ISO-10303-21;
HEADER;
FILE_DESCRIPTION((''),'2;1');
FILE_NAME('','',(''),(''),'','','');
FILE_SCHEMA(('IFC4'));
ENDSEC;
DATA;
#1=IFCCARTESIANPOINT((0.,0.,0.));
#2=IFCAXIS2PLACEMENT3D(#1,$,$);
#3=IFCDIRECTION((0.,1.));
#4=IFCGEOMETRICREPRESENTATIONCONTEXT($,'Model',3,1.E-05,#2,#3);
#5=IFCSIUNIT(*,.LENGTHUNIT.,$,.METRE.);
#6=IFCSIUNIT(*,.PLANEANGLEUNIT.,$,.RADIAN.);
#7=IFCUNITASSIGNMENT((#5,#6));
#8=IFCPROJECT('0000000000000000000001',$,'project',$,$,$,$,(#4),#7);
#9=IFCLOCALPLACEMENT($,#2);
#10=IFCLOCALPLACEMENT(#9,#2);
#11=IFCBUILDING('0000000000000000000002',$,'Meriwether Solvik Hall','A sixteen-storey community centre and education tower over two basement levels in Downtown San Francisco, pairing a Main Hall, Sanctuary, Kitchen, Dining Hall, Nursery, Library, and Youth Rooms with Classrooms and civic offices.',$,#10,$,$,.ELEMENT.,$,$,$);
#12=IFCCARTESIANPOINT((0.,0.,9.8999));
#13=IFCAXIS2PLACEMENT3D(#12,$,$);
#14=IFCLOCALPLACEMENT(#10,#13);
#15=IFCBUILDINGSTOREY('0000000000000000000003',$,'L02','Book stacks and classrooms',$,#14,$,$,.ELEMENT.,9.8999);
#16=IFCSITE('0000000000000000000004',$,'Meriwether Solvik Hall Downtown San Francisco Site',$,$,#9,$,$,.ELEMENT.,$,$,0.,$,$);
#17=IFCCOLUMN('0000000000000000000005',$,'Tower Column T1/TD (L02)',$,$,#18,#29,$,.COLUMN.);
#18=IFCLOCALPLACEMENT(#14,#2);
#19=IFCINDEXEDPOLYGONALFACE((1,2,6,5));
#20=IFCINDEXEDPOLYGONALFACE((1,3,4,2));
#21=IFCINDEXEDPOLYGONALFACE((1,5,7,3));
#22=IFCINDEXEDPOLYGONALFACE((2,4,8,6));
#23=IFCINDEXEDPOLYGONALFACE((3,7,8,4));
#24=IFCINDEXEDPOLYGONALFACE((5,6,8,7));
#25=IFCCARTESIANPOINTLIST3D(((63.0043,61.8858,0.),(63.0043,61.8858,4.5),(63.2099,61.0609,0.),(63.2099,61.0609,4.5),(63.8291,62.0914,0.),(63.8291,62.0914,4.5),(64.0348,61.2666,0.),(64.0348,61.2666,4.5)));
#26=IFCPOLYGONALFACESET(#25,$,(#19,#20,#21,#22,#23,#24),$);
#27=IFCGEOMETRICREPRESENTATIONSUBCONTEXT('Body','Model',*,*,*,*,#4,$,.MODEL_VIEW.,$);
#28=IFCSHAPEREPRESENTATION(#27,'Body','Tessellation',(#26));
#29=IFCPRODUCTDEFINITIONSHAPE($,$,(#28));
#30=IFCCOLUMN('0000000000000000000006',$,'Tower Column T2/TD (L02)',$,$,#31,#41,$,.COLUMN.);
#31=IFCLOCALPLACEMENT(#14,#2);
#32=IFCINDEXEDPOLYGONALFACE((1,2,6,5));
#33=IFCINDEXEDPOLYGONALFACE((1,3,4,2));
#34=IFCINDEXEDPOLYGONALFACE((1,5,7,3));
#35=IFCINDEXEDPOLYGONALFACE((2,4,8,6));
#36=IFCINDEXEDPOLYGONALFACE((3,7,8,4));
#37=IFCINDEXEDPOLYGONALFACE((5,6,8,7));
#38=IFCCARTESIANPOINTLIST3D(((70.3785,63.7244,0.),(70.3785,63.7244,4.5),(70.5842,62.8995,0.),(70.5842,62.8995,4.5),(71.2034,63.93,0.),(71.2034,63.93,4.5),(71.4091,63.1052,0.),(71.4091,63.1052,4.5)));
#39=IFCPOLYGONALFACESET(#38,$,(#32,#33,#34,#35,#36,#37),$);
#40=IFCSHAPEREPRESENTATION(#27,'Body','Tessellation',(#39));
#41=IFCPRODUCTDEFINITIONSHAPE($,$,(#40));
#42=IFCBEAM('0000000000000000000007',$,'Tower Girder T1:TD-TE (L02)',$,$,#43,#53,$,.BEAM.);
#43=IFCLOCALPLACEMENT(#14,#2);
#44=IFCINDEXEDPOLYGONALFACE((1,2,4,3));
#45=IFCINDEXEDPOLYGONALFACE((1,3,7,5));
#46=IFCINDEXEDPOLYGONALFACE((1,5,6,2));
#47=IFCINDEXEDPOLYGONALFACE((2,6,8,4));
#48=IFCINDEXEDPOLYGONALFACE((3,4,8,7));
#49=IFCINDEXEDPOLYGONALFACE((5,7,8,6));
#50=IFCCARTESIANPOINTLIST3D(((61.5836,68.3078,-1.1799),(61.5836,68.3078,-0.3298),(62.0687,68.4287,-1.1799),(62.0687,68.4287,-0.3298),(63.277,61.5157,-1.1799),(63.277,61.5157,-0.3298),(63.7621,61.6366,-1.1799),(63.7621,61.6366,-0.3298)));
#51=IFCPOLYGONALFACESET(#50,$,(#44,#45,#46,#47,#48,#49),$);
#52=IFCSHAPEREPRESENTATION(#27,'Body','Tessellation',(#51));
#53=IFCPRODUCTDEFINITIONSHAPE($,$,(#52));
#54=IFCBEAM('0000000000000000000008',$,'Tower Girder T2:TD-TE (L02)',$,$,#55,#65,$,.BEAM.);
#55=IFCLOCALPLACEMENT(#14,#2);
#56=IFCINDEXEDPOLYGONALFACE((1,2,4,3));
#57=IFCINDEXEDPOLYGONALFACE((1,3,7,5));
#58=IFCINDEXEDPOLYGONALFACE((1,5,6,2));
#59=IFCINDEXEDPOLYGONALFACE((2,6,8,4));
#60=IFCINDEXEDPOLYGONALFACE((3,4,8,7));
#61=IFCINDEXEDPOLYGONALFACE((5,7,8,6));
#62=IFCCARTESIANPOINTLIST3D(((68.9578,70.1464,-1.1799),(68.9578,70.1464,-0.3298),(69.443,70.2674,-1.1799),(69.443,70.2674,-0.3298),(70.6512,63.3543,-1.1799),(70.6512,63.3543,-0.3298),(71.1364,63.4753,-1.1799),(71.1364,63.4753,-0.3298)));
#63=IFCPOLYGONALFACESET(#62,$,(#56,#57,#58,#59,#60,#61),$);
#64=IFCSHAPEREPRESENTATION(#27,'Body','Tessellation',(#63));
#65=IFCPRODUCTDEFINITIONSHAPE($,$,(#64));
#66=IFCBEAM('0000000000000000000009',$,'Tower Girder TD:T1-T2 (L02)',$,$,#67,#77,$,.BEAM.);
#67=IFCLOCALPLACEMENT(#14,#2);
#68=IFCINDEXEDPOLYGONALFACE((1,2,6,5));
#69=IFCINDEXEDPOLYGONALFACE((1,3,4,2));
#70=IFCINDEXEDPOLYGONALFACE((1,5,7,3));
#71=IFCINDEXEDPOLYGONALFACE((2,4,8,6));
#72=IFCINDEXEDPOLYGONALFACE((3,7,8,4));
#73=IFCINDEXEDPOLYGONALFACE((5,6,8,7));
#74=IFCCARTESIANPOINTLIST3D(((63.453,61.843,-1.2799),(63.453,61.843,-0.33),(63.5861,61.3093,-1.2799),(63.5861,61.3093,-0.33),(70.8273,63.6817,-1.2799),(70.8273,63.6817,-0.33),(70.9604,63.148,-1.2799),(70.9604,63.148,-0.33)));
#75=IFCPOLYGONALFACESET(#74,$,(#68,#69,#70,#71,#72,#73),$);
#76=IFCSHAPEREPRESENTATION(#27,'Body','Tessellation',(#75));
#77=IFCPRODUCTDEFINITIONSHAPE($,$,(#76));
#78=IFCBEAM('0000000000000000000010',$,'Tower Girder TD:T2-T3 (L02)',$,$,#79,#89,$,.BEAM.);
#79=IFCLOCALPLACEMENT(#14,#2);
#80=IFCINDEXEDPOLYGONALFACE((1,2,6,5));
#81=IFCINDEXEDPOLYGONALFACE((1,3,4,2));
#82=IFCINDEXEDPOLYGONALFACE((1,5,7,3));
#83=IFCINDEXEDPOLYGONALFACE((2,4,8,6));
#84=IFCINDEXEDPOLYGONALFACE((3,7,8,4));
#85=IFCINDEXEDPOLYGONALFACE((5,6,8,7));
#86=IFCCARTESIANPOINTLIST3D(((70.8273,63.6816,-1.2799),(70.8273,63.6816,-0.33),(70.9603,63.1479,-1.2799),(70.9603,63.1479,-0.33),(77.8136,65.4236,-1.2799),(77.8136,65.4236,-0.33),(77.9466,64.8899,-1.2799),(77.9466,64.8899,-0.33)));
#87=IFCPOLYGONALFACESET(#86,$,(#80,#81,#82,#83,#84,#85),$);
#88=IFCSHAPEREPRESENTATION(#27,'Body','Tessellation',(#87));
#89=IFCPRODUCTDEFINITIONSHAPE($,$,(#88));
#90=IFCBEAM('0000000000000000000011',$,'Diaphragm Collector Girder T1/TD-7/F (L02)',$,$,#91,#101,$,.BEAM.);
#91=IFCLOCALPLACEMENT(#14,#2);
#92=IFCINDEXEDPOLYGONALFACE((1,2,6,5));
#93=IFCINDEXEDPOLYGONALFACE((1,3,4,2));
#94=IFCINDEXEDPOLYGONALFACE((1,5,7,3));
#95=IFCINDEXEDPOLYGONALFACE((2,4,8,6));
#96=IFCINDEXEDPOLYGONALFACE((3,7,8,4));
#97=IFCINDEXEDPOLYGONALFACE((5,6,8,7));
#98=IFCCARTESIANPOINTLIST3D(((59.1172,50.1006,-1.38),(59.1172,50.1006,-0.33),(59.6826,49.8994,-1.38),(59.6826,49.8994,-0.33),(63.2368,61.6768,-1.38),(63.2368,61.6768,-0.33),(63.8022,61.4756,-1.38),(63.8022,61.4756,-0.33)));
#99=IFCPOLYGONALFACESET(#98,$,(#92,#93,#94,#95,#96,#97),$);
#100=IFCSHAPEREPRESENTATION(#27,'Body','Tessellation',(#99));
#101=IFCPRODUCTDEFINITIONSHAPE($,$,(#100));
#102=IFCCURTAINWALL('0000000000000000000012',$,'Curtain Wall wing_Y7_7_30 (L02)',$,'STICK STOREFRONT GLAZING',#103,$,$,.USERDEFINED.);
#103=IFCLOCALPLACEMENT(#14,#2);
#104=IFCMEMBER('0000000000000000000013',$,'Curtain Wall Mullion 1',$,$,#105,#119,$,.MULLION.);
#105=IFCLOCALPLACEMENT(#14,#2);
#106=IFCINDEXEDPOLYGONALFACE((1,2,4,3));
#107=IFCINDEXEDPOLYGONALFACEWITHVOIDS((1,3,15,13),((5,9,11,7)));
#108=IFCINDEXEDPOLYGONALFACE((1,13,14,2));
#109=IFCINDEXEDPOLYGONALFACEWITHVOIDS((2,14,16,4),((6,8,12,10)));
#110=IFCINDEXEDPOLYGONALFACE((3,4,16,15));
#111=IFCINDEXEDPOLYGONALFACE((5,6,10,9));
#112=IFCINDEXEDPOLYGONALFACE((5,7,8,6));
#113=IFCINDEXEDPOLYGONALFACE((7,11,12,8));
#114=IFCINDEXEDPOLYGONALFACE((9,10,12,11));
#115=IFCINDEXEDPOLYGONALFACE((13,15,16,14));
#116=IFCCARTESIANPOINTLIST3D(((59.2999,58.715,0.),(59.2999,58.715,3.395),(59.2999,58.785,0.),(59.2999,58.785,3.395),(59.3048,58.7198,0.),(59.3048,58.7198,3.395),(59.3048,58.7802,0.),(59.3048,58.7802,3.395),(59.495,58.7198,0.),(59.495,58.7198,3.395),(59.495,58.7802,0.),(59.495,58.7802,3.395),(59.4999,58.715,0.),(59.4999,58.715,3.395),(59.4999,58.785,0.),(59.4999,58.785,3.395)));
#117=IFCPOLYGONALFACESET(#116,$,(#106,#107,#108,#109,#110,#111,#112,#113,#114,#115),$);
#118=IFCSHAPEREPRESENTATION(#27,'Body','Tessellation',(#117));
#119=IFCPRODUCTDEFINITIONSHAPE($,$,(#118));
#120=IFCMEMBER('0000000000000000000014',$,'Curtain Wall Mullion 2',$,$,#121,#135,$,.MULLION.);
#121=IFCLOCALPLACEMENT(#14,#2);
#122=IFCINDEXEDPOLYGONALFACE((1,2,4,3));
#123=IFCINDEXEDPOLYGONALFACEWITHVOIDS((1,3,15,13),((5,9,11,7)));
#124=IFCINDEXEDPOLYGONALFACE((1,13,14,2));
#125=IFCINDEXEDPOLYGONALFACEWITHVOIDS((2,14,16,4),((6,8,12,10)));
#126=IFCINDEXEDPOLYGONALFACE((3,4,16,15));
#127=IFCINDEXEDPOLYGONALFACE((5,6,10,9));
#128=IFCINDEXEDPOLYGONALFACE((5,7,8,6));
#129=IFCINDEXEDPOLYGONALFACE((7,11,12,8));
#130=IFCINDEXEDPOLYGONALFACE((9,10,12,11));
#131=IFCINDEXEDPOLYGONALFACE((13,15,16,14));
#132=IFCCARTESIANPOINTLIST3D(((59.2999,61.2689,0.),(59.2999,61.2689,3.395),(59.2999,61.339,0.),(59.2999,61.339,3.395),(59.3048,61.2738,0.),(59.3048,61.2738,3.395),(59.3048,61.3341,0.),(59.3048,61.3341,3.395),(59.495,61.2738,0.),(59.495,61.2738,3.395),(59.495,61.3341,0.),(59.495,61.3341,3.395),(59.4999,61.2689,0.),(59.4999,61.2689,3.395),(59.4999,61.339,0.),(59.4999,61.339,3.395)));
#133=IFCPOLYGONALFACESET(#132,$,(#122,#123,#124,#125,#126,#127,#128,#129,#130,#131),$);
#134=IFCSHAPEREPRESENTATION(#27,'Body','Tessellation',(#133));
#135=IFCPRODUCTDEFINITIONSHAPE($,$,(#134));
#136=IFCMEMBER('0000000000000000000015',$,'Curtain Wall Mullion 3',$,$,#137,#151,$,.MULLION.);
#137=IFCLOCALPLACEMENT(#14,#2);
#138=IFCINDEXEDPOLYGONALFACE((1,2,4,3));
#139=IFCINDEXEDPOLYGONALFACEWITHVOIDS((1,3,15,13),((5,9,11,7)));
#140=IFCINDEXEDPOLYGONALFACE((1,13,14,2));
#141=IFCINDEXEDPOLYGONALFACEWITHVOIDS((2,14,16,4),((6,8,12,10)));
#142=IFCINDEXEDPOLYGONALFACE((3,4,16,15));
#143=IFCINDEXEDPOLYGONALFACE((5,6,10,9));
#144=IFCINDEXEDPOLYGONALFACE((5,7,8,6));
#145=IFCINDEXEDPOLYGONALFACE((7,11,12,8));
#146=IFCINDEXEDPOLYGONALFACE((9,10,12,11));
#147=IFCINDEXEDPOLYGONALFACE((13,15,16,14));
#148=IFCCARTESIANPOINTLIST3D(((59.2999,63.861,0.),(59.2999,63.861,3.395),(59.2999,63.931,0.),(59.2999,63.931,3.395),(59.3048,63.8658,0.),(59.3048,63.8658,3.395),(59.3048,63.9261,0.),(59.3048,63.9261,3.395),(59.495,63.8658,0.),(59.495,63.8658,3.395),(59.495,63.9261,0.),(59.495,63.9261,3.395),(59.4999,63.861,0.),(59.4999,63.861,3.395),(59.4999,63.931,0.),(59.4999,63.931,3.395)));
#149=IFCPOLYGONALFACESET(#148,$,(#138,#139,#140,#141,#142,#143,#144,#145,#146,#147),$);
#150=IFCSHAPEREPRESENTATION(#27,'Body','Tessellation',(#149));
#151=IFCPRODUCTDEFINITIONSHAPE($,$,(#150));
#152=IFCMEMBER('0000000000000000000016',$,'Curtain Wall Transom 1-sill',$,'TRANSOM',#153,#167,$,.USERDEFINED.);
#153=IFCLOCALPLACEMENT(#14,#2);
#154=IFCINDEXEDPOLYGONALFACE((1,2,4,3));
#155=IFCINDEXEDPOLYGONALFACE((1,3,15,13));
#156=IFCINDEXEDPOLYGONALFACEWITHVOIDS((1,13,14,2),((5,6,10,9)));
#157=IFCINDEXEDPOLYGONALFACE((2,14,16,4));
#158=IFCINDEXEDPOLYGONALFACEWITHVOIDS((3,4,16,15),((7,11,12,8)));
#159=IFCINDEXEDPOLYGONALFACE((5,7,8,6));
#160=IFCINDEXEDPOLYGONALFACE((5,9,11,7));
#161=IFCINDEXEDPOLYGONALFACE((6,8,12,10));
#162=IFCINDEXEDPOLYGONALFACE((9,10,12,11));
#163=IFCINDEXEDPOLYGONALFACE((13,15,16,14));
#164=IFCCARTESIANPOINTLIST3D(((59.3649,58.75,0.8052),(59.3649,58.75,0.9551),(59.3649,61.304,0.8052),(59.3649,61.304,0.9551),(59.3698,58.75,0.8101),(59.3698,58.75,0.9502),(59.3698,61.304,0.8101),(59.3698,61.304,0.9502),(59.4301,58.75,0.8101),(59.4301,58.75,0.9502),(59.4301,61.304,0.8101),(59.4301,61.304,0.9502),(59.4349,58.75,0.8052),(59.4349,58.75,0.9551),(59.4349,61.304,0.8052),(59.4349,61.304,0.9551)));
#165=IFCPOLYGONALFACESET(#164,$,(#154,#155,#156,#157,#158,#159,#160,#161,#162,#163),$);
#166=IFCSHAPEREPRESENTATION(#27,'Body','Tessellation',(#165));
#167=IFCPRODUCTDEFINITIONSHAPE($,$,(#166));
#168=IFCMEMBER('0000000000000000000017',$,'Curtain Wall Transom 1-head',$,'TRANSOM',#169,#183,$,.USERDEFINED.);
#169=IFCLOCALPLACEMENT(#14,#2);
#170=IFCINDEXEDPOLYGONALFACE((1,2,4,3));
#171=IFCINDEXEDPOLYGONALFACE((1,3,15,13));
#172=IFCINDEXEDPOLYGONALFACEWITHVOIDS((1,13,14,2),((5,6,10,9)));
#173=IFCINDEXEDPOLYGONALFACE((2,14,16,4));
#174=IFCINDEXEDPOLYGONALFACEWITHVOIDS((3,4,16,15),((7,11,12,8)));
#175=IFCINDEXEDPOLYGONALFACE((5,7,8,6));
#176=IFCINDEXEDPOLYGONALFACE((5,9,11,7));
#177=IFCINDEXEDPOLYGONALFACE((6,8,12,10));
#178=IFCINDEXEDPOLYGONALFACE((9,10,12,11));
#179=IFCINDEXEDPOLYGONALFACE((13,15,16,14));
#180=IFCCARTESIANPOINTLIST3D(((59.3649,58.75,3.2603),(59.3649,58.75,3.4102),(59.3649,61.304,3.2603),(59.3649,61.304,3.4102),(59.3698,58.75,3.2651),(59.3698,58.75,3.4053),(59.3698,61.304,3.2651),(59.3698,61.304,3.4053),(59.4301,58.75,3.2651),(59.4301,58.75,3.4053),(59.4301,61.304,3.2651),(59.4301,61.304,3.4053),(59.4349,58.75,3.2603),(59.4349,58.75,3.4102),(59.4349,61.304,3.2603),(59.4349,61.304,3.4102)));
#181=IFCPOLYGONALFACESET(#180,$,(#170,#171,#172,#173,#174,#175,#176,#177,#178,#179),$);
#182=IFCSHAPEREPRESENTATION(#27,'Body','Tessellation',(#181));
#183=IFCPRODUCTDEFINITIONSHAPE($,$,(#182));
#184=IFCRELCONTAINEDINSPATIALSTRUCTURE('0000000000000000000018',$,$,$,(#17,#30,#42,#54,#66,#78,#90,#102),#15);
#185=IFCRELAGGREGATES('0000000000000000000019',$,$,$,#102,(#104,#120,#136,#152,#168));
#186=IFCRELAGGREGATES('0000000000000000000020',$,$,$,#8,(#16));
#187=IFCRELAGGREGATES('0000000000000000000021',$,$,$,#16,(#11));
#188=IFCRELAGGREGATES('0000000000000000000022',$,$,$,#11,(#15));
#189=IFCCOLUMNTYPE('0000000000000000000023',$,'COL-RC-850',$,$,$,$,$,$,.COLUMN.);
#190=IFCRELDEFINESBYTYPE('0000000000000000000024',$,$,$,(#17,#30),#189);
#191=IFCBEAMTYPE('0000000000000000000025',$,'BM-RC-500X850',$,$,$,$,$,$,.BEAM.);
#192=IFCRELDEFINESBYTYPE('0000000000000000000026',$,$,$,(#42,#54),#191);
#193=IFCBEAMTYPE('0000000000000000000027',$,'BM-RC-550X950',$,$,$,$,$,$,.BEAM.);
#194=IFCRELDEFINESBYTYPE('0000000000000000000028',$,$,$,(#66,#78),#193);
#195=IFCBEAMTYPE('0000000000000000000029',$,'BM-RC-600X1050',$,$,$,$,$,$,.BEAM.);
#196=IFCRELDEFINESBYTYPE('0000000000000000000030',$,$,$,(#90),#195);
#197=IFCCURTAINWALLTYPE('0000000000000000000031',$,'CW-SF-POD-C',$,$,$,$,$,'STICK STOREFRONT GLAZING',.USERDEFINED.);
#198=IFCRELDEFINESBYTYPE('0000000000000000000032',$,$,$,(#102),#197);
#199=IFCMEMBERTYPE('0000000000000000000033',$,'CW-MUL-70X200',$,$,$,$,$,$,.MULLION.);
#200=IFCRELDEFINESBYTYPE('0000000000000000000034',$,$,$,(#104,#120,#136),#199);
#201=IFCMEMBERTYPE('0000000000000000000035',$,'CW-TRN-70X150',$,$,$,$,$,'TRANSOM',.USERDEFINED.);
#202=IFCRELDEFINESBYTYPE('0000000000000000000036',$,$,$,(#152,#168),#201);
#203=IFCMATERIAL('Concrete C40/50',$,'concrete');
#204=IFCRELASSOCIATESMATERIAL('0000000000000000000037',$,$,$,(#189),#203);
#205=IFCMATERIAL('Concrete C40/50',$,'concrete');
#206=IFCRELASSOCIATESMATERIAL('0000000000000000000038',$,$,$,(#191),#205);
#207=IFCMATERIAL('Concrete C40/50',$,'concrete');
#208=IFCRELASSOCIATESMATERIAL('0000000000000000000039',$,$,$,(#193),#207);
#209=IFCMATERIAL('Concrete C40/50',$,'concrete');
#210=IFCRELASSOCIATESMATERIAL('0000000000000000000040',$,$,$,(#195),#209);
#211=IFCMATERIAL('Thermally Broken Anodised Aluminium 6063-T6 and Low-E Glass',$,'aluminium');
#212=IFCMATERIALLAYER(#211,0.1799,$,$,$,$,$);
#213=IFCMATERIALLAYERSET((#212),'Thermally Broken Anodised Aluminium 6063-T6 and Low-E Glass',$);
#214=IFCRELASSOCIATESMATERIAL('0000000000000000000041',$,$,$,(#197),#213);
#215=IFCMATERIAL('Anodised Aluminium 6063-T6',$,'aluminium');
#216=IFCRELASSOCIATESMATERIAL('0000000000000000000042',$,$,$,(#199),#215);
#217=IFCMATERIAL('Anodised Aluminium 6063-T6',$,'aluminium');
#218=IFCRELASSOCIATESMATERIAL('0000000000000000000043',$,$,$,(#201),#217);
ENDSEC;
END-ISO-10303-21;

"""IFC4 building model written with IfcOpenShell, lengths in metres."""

from ifc_helpers import new_model, si_unit, direction, frame, origin, origin_2d, place, context, subcontext, project, spatial, rectangle, hollow_rectangle, extrude, material, layer, layer_set, material_profile, profile_set, type_object, element, aggregate, save


model = new_model("IFC4")

# Units and contexts
model_context = context("Model", 3, precision=1e-05, world=origin(), true_north=direction((0.0, 1.0)))
body_context = subcontext(model_context, "Body", "Model", "MODEL_VIEW")
ifc_project = project(units=[si_unit("LENGTHUNIT", "METRE"), si_unit("PLANEANGLEUNIT", "RADIAN")], contexts=[model_context])

# Site, building, storey
site_placement = place(None, origin())
site = spatial("IfcSite", under=ifc_project, at=site_placement, Name="Meriwether Solvik Hall Downtown San Francisco Site", CompositionType="ELEMENT", RefElevation=0.0)
building_placement = place(site_placement, origin())
building = spatial("IfcBuilding", under=site, at=building_placement, Name="Meriwether Solvik Hall", Description="A sixteen-storey community centre and education tower over two basement levels in Downtown San Francisco, pairing a Main Hall, Sanctuary, Kitchen, Dining Hall, Nursery, Library, and Youth Rooms with Classrooms and civic offices.", CompositionType="ELEMENT")
storey_placement = place(building_placement, frame((0.0, 0.0, 9.8999)))
storey = spatial("IfcBuildingStorey", under=building, at=storey_placement, Name="L02", Description="Book stacks and classrooms", CompositionType="ELEMENT", Elevation=9.8999)

# Columns
ifc_material_1 = material(Name="Concrete C40/50", Category="concrete")
ifc_material_profile_1 = material_profile(ifc_material_1, rectangle(XDim=0.8501, YDim=0.8501, at=origin_2d()), Name="RCC-850X850")
ifc_profile_set_1 = profile_set([ifc_material_profile_1], Name="Concrete C40/50")
column_type = type_object("IfcColumnType", Name="COL-RC-850", PredefinedType="COLUMN", material=ifc_profile_set_1)
for number, where, z_axis, x_axis, name in (
    (1, (63.5195, 61.5762, 0.0), (0.0, 0.0, 1.0), (0.970296, 0.241922, 0.0), "Tower Column T1/TD (L02)"),
    (2, (70.8938, 63.4148, 0.0), (0.0, 0.0, 1.0), (0.970296, 0.241922, 0.0), "Tower Column T2/TD (L02)"),
):
    element("IfcColumn", number, at=place(storey_placement, frame(where, z_axis=z_axis, x_axis=x_axis)), inside=storey, type_object=column_type, Name=name, PredefinedType="COLUMN", context=body_context, shape_type="SweptSolid", body=[
        extrude(rectangle(XDim=0.8501, YDim=0.8501, at=origin_2d()), origin(), (0.0, 0.0, 1.0), 4.5),
    ])

# Beams
ifc_material_2 = material(Name="Concrete C40/50", Category="concrete")
ifc_material_profile_2 = material_profile(ifc_material_2, rectangle(XDim=0.5, YDim=0.8501, at=origin_2d()), Name="RCB-500X850")
ifc_profile_set_2 = profile_set([ifc_material_profile_2], Name="Concrete C40/50")
beam_type_1 = type_object("IfcBeamType", Name="BM-RC-500X850", PredefinedType="BEAM", material=ifc_profile_set_2)
for number, where, z_axis, x_axis, name in (
    (3, (63.5195, 61.5762, -0.7549), (-0.241912, 0.970298, 0.0), (-0.970298, -0.241912, 0.0), "Tower Girder T1:TD-TE (L02)"),
    (4, (70.8938, 63.4148, -0.7549), (-0.241912, 0.970298, 0.0), (-0.970298, -0.241912, 0.0), "Tower Girder T2:TD-TE (L02)"),
):
    element("IfcBeam", number, at=place(storey_placement, frame(where, z_axis=z_axis, x_axis=x_axis)), inside=storey, type_object=beam_type_1, Name=name, PredefinedType="BEAM", context=body_context, shape_type="SweptSolid", body=[
        extrude(rectangle(XDim=0.5, YDim=0.8501, at=origin_2d()), origin(), (0.0, 0.0, 1.0), 7.0),
    ])
ifc_material_3 = material(Name="Concrete C40/50", Category="concrete")
ifc_material_profile_3 = material_profile(ifc_material_3, rectangle(XDim=0.55, YDim=0.95, at=origin_2d()), Name="RCB-550X950")
ifc_profile_set_3 = profile_set([ifc_material_profile_3], Name="Concrete C40/50")
beam_type_2 = type_object("IfcBeamType", Name="BM-RC-550X950", PredefinedType="BEAM", material=ifc_profile_set_3)
beam_1_placement = place(storey_placement, frame((63.5195, 61.5762, -0.8049), z_axis=(0.970295, 0.241923, 0.0), x_axis=(-0.241923, 0.970295, 0.0)))
element("IfcBeam", 5, at=beam_1_placement, inside=storey, type_object=beam_type_2, Name="Tower Girder TD:T1-T2 (L02)", PredefinedType="BEAM", context=body_context, shape_type="SweptSolid", body=[
    extrude(rectangle(XDim=0.55, YDim=0.95, at=origin_2d()), origin(), (0.0, 0.0, 1.0), 7.6001),
])
beam_2_placement = place(storey_placement, frame((70.8938, 63.4148, -0.8049), z_axis=(0.970294, 0.241929, 0.0), x_axis=(-0.241929, 0.970294, 0.0)))
element("IfcBeam", 6, at=beam_2_placement, inside=storey, type_object=beam_type_2, Name="Tower Girder TD:T2-T3 (L02)", PredefinedType="BEAM", context=body_context, shape_type="SweptSolid", body=[
    extrude(rectangle(XDim=0.55, YDim=0.95, at=origin_2d()), origin(), (0.0, 0.0, 1.0), 7.2002),
])
ifc_material_4 = material(Name="Concrete C40/50", Category="concrete")
ifc_material_profile_4 = material_profile(ifc_material_4, rectangle(XDim=0.6001, YDim=1.05, at=origin_2d()), Name="RCB-600X1050")
ifc_profile_set_4 = profile_set([ifc_material_profile_4], Name="Concrete C40/50")
beam_type_3 = type_object("IfcBeamType", Name="BM-RC-600X1050", PredefinedType="BEAM", material=ifc_profile_set_4)
beam_3_placement = place(storey_placement, frame((63.5195, 61.5762, -0.855), z_axis=(-0.335274, -0.942121, 0.0), x_axis=(0.942121, -0.335274, 0.0)))
element("IfcBeam", 7, at=beam_3_placement, inside=storey, type_object=beam_type_3, Name="Diaphragm Collector Girder T1/TD-7/F (L02)", PredefinedType="BEAM", context=body_context, shape_type="SweptSolid", body=[
    extrude(rectangle(XDim=0.6001, YDim=1.05, at=origin_2d()), origin(), (0.0, 0.0, 1.0), 12.2874),
])

# Curtain wall, members
ifc_material_5 = material(Name="Thermally Broken Anodised Aluminium 6063-T6 and Low-E Glass", Category="aluminium")
ifc_layer_1 = layer(ifc_material_5, 0.1799)
ifc_layer_set_1 = layer_set([ifc_layer_1], Name="Thermally Broken Anodised Aluminium 6063-T6 and Low-E Glass")
curtain_wall_type = type_object("IfcCurtainWallType", Name="CW-SF-POD-C", ElementType="STICK STOREFRONT GLAZING", PredefinedType="USERDEFINED", material=ifc_layer_set_1)
curtain_wall_placement = place(storey_placement, origin())
curtain_wall = element("IfcCurtainWall", 8, at=curtain_wall_placement, inside=storey, type_object=curtain_wall_type, Name="Curtain Wall wing_Y7_7_30 (L02)", ObjectType="STICK STOREFRONT GLAZING", PredefinedType="USERDEFINED")
ifc_material_6 = material(Name="Anodised Aluminium 6063-T6", Category="aluminium")
ifc_material_profile_5 = material_profile(ifc_material_6, hollow_rectangle(XDim=0.0701, YDim=0.2, WallThickness=0.0049, at=origin_2d()), Name="CWM-70X200")
ifc_profile_set_5 = profile_set([ifc_material_profile_5], Name="Anodised Aluminium 6063-T6")
member_type_1 = type_object("IfcMemberType", Name="CW-MUL-70X200", PredefinedType="MULLION", material=ifc_profile_set_5)
member_1_placement = place(storey_placement, frame((59.3999, 58.75, 0.0), z_axis=(0.0, 0.0, 1.0), x_axis=(0.0, 1.0, 0.0)))
member_1 = element("IfcMember", 9, at=member_1_placement, type_object=member_type_1, Name="Curtain Wall Mullion 1", PredefinedType="MULLION", context=body_context, shape_type="SweptSolid", body=[
    extrude(hollow_rectangle(XDim=0.0701, YDim=0.2, WallThickness=0.0049, at=origin_2d()), origin(), (0.0, 0.0, 1.0), 3.395),
])
member_2_placement = place(storey_placement, frame((59.3999, 61.304, 0.0), z_axis=(0.0, 0.0, 1.0), x_axis=(0.0, 1.0, 0.0)))
member_2 = element("IfcMember", 10, at=member_2_placement, type_object=member_type_1, Name="Curtain Wall Mullion 2", PredefinedType="MULLION", context=body_context, shape_type="SweptSolid", body=[
    extrude(hollow_rectangle(XDim=0.0701, YDim=0.2, WallThickness=0.0049, at=origin_2d()), origin(), (0.0, 0.0, 1.0), 3.395),
])
member_3_placement = place(storey_placement, frame((59.3999, 63.896, 0.0), z_axis=(0.0, 0.0, 1.0), x_axis=(0.0, 1.0, 0.0)))
member_3 = element("IfcMember", 11, at=member_3_placement, type_object=member_type_1, Name="Curtain Wall Mullion 3", PredefinedType="MULLION", context=body_context, shape_type="SweptSolid", body=[
    extrude(hollow_rectangle(XDim=0.0701, YDim=0.2, WallThickness=0.0049, at=origin_2d()), origin(), (0.0, 0.0, 1.0), 3.395),
])
ifc_material_7 = material(Name="Anodised Aluminium 6063-T6", Category="aluminium")
ifc_material_profile_6 = material_profile(ifc_material_7, hollow_rectangle(XDim=0.0701, YDim=0.1499, WallThickness=0.0049, at=origin_2d()), Name="CWT-70X150")
ifc_profile_set_6 = profile_set([ifc_material_profile_6], Name="Anodised Aluminium 6063-T6")
member_type_2 = type_object("IfcMemberType", Name="CW-TRN-70X150", ElementType="TRANSOM", PredefinedType="USERDEFINED", material=ifc_profile_set_6)
member_4_placement = place(storey_placement, frame((59.3999, 58.75, 0.8801), z_axis=(0.0, 1.0, 0.0), x_axis=(-1.0, 0.0, 0.0)))
member_4 = element("IfcMember", 12, at=member_4_placement, type_object=member_type_2, Name="Curtain Wall Transom 1-sill", ObjectType="TRANSOM", PredefinedType="USERDEFINED", context=body_context, shape_type="SweptSolid", body=[
    extrude(hollow_rectangle(XDim=0.0701, YDim=0.1499, WallThickness=0.0049, at=origin_2d()), origin(), (0.0, 0.0, 1.0), 2.554),
])
member_5_placement = place(storey_placement, frame((59.3999, 58.75, 3.3352), z_axis=(0.0, 1.0, 0.0), x_axis=(-1.0, 0.0, 0.0)))
member_5 = element("IfcMember", 13, at=member_5_placement, type_object=member_type_2, Name="Curtain Wall Transom 1-head", ObjectType="TRANSOM", PredefinedType="USERDEFINED", context=body_context, shape_type="SweptSolid", body=[
    extrude(hollow_rectangle(XDim=0.0701, YDim=0.1499, WallThickness=0.0049, at=origin_2d()), origin(), (0.0, 0.0, 1.0), 2.554),
])
aggregate(curtain_wall, [member_1, member_2, member_3, member_4, member_5])

save(model, "model.ifc")
